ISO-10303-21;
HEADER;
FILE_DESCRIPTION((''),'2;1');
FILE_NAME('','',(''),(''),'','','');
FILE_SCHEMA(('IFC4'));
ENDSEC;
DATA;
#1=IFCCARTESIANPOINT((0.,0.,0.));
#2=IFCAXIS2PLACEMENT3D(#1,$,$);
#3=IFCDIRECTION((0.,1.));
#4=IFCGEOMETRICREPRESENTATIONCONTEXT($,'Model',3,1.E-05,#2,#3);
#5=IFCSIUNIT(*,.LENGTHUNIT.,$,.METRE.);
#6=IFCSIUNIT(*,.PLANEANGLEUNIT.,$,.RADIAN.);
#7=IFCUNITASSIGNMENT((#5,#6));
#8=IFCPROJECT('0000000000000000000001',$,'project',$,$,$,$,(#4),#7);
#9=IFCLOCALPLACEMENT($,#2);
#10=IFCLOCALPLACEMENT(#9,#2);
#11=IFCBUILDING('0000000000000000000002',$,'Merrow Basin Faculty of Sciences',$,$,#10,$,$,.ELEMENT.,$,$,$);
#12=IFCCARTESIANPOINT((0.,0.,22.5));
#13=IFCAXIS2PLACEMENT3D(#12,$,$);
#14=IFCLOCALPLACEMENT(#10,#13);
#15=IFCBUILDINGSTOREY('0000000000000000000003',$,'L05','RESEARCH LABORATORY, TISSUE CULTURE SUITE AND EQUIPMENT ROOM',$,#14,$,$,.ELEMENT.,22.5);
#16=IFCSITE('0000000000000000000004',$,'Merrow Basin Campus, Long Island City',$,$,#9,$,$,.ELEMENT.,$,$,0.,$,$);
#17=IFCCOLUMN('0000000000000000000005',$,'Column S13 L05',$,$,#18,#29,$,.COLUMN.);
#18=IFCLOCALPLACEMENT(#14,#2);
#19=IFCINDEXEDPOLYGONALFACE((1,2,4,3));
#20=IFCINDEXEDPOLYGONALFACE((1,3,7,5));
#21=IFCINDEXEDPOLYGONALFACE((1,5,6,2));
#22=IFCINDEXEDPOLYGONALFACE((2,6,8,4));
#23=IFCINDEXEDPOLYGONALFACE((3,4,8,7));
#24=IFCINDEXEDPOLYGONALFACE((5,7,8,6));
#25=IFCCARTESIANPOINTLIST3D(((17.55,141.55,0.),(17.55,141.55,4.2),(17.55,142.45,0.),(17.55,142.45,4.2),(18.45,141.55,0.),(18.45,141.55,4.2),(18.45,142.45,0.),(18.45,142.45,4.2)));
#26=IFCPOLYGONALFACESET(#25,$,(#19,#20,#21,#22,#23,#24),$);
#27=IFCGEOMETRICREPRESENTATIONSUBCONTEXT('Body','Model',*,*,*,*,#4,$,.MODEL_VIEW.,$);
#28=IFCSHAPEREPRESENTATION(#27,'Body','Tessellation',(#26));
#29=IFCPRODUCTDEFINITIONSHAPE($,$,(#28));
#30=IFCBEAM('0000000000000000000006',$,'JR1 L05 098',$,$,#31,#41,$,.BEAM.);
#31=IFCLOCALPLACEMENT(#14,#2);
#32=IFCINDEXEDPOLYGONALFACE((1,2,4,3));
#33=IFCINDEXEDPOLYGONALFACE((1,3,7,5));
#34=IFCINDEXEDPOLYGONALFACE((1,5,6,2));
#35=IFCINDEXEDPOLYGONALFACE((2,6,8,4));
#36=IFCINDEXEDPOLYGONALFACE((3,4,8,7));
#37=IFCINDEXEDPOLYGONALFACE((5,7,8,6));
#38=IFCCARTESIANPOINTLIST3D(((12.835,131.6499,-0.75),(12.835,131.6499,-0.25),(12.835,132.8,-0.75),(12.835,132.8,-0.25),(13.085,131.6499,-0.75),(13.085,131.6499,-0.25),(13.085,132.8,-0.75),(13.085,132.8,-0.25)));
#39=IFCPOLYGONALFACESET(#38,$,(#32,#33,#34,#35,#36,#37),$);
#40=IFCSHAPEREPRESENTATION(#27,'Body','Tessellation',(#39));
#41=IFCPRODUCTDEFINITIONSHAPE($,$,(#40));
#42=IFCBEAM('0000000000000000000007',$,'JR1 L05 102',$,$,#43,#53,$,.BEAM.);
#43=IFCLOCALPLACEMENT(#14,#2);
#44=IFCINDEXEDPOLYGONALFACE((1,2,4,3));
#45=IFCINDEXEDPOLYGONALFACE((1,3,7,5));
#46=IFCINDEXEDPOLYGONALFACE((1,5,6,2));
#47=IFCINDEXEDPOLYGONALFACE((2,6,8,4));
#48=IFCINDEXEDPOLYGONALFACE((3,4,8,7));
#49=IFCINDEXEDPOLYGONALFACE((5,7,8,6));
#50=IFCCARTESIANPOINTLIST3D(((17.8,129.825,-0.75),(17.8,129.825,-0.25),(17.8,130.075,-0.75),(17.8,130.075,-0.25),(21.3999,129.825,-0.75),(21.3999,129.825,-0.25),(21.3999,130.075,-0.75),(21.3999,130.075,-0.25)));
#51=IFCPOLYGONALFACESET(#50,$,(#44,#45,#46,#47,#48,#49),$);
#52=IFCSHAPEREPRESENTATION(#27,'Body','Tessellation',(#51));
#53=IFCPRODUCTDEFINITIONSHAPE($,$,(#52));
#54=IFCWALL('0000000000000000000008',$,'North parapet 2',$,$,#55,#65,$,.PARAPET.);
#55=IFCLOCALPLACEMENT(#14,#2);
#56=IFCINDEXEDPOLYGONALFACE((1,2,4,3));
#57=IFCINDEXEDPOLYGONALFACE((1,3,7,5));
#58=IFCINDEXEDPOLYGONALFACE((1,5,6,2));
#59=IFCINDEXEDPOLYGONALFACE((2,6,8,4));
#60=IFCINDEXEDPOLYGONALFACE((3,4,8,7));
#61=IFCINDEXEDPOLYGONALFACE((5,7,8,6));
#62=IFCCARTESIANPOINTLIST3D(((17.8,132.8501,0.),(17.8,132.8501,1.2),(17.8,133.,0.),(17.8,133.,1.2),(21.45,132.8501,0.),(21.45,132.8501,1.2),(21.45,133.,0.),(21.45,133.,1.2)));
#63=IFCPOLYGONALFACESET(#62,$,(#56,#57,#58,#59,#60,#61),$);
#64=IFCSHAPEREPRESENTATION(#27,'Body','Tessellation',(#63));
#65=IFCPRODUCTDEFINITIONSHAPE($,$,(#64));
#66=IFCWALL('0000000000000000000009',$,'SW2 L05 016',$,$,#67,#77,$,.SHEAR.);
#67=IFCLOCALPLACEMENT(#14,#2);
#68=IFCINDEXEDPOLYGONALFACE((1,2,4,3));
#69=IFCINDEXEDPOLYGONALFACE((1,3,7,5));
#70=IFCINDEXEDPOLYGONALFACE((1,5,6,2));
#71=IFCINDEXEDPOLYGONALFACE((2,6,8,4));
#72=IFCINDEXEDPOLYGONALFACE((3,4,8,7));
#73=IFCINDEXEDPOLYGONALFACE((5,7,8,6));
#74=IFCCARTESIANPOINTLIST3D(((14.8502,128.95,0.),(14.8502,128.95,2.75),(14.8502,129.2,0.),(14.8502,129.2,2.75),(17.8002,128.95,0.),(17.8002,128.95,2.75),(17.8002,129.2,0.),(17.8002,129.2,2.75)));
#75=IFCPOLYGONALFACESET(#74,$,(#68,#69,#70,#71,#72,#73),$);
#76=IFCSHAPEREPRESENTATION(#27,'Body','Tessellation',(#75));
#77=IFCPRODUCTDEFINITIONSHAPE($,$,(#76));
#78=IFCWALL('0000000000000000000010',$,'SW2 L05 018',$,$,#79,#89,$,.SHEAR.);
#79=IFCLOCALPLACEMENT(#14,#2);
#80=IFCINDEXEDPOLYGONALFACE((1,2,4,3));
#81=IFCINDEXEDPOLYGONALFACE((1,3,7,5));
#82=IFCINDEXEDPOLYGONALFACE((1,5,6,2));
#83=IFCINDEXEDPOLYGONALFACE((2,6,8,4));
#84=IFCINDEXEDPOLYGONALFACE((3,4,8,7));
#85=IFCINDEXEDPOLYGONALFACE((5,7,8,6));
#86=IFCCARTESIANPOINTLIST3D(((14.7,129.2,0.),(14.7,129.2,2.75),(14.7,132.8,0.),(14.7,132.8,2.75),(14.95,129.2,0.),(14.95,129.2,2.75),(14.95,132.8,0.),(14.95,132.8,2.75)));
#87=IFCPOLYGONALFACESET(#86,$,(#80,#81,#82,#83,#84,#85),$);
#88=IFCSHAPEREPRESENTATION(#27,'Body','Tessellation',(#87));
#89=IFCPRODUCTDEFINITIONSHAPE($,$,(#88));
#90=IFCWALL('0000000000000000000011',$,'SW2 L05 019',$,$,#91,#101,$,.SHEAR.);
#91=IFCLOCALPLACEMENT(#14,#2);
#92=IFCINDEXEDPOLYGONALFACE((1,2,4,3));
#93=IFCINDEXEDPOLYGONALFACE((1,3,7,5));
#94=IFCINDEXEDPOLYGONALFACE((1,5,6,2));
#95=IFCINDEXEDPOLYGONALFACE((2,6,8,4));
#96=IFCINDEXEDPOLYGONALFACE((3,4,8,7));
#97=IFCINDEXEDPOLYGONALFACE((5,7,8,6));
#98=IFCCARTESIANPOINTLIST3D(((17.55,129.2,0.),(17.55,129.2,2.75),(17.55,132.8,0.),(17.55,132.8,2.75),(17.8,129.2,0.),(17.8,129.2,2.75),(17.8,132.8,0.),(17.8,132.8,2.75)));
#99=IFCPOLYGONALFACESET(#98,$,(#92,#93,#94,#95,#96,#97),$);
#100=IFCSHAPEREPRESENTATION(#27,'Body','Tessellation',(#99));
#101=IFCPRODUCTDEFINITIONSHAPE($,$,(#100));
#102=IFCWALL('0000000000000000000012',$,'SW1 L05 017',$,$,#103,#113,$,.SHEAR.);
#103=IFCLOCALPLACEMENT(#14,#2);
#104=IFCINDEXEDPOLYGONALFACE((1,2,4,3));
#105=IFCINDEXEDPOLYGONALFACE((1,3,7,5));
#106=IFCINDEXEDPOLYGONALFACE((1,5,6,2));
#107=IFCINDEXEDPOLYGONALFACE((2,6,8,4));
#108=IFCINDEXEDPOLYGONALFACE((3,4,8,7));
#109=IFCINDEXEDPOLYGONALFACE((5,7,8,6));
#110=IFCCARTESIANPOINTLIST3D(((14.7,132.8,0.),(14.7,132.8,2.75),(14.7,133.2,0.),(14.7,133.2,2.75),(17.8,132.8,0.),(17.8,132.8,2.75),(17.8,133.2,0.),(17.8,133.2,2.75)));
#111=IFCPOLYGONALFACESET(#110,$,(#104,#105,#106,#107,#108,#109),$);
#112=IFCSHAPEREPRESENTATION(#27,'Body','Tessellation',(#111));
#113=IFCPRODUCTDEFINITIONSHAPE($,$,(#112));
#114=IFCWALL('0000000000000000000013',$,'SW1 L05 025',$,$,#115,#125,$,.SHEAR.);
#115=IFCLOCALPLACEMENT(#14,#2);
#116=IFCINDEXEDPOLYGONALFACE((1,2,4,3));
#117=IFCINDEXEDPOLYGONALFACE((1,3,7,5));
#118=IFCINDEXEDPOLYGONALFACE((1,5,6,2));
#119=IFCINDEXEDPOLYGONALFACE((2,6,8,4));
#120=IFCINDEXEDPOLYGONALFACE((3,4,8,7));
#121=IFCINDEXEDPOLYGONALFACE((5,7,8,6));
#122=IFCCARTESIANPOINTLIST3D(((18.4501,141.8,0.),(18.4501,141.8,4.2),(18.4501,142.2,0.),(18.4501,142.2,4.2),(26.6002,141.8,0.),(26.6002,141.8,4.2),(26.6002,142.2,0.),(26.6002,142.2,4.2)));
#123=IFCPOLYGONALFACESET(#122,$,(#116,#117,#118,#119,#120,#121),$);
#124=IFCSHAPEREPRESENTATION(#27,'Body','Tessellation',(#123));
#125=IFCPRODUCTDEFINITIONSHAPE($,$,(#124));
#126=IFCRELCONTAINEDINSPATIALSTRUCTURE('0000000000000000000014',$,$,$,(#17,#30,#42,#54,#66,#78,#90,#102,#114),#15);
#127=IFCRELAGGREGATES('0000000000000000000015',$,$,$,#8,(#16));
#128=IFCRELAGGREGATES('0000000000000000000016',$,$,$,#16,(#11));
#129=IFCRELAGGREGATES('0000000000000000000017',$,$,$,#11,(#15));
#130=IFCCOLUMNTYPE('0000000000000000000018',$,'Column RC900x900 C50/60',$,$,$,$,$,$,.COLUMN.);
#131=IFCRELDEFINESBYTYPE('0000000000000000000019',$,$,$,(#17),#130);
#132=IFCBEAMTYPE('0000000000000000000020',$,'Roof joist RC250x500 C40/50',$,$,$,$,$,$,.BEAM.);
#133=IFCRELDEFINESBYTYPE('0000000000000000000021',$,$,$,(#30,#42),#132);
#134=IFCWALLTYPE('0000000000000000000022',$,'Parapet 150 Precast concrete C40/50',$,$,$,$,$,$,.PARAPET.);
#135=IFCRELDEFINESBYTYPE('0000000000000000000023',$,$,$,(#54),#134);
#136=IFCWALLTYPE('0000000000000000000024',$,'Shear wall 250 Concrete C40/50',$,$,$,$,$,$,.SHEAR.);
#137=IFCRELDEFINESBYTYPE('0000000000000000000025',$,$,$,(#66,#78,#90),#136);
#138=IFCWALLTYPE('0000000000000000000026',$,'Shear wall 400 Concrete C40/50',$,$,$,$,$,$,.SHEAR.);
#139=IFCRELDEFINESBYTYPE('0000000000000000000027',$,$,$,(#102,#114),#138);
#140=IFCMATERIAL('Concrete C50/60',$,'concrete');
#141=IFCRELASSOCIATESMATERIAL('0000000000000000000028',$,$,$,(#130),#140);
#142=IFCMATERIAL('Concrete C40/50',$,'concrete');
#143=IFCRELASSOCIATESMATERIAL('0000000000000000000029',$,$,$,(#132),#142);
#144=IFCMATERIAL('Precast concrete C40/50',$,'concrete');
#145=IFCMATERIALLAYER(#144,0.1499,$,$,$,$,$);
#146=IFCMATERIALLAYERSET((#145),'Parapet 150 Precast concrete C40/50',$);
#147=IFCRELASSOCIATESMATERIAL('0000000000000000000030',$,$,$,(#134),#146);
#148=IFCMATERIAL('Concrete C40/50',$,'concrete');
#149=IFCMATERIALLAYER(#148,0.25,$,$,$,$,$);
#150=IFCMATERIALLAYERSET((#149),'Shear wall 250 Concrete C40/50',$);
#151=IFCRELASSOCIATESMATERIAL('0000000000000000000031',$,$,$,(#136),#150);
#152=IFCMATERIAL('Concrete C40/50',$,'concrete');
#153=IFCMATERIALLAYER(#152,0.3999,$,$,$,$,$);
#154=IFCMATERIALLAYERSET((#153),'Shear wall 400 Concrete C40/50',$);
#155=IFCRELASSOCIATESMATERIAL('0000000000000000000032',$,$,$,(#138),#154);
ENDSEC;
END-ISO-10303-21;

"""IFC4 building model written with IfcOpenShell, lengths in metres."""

from ifc_helpers import new_model, si_unit, direction, frame, frame_2d, origin, origin_2d, place, context, subcontext, project, spatial, rectangle, extrude, material, layer, layer_set, material_profile, profile_set, type_object, element, save


model = new_model("IFC4")

# Units and contexts
model_context = context("Model", 3, precision=1e-05, world=origin(), true_north=direction((0.0, 1.0)))
body_context = subcontext(model_context, "Body", "Model", "MODEL_VIEW")
ifc_project = project(units=[si_unit("LENGTHUNIT", "METRE"), si_unit("PLANEANGLEUNIT", "RADIAN")], contexts=[model_context])

# Site, building, storey
site_placement = place(None, origin())
site = spatial("IfcSite", under=ifc_project, at=site_placement, Name="Merrow Basin Campus, Long Island City", CompositionType="ELEMENT", RefElevation=0.0)
building_placement = place(site_placement, origin())
building = spatial("IfcBuilding", under=site, at=building_placement, Name="Merrow Basin Faculty of Sciences", CompositionType="ELEMENT")
storey_placement = place(building_placement, frame((0.0, 0.0, 22.5)))
storey = spatial("IfcBuildingStorey", under=building, at=storey_placement, Name="L05", Description="RESEARCH LABORATORY, TISSUE CULTURE SUITE AND EQUIPMENT ROOM", CompositionType="ELEMENT", Elevation=22.5)

# Column
ifc_material_1 = material(Name="Concrete C50/60", Category="concrete")
ifc_material_profile_1 = material_profile(ifc_material_1, rectangle(XDim=0.8999, YDim=0.8999, at=origin_2d()))
ifc_profile_set_1 = profile_set([ifc_material_profile_1], Name="Concrete C50/60")
column_type = type_object("IfcColumnType", Name="Column RC900x900 C50/60", PredefinedType="COLUMN", material=ifc_profile_set_1)
column_placement = place(storey_placement, frame((18.0, 142.0, 0.0), z_axis=(0.0, 0.0, 1.0), x_axis=(1.0, 0.0, 0.0)))
element("IfcColumn", 1, at=column_placement, inside=storey, type_object=column_type, Name="Column S13 L05", PredefinedType="COLUMN", context=body_context, shape_type="SweptSolid", body=[
    extrude(rectangle(XDim=0.8999, YDim=0.8999, at=origin_2d()), origin(), (0.0, 0.0, 1.0), 4.2),
])

# Beams
ifc_material_2 = material(Name="Concrete C40/50", Category="concrete")
ifc_material_profile_2 = material_profile(ifc_material_2, rectangle(XDim=0.25, YDim=0.5, at=origin_2d()))
ifc_profile_set_2 = profile_set([ifc_material_profile_2], Name="Concrete C40/50")
beam_type = type_object("IfcBeamType", Name="Roof joist RC250x500 C40/50", PredefinedType="BEAM", material=ifc_profile_set_2)
beam_1_placement = place(storey_placement, frame((12.96, 131.6499, -0.5), z_axis=(0.0, 1.0, 0.0), x_axis=(-1.0, 0.0, 0.0)))
element("IfcBeam", 2, at=beam_1_placement, inside=storey, type_object=beam_type, Name="JR1 L05 098", PredefinedType="BEAM", context=body_context, shape_type="SweptSolid", body=[
    extrude(rectangle(XDim=0.25, YDim=0.5, at=origin_2d()), origin(), (0.0, 0.0, 1.0), 1.1501),
])
beam_2_placement = place(storey_placement, frame((17.8, 129.95, -0.5), z_axis=(1.0, 0.0, 0.0), x_axis=(0.0, 1.0, 0.0)))
element("IfcBeam", 3, at=beam_2_placement, inside=storey, type_object=beam_type, Name="JR1 L05 102", PredefinedType="BEAM", context=body_context, shape_type="SweptSolid", body=[
    extrude(rectangle(XDim=0.25, YDim=0.5, at=origin_2d()), origin(), (0.0, 0.0, 1.0), 3.5999),
])

# Walls
ifc_material_3 = material(Name="Precast concrete C40/50", Category="concrete")
ifc_layer_1 = layer(ifc_material_3, 0.1499)
ifc_layer_set_1 = layer_set([ifc_layer_1], Name="Parapet 150 Precast concrete C40/50")
wall_type_1 = type_object("IfcWallType", Name="Parapet 150 Precast concrete C40/50", PredefinedType="PARAPET", material=ifc_layer_set_1)
wall_1_placement = place(storey_placement, frame((17.8, 132.925, 0.0), z_axis=(0.0, 0.0, 1.0), x_axis=(1.0, 0.0, 0.0)))
element("IfcWall", 4, at=wall_1_placement, inside=storey, type_object=wall_type_1, Name="North parapet 2", PredefinedType="PARAPET", context=body_context, shape_type="SweptSolid", body=[
    extrude(rectangle(XDim=3.6499, YDim=0.1499, at=frame_2d((1.825, 0.0))), origin(), (0.0, 0.0, 1.0), 1.2),
])
ifc_material_4 = material(Name="Concrete C40/50", Category="concrete")
ifc_layer_2 = layer(ifc_material_4, 0.25)
ifc_layer_set_2 = layer_set([ifc_layer_2], Name="Shear wall 250 Concrete C40/50")
wall_type_2 = type_object("IfcWallType", Name="Shear wall 250 Concrete C40/50", PredefinedType="SHEAR", material=ifc_layer_set_2)
wall_2_placement = place(storey_placement, frame((14.8501, 129.075, 0.0), z_axis=(0.0, 0.0, 1.0), x_axis=(1.0, 0.0, 0.0)))
element("IfcWall", 5, at=wall_2_placement, inside=storey, type_object=wall_type_2, Name="SW2 L05 016", PredefinedType="SHEAR", context=body_context, shape_type="SweptSolid", body=[
    extrude(rectangle(XDim=2.95, YDim=0.25, at=frame_2d((1.4751, 0.0))), origin(), (0.0, 0.0, 1.0), 2.75),
])
for number, where, z_axis, x_axis, name in (
    (6, (14.825, 129.2, 0.0), (0.0, 0.0, 1.0), (0.0, 1.0, 0.0), "SW2 L05 018"),
    (7, (17.675, 129.2, 0.0), (0.0, 0.0, 1.0), (0.0, 1.0, 0.0), "SW2 L05 019"),
):
    element("IfcWall", number, at=place(storey_placement, frame(where, z_axis=z_axis, x_axis=x_axis)), inside=storey, type_object=wall_type_2, Name=name, PredefinedType="SHEAR", context=body_context, shape_type="SweptSolid", body=[
        extrude(rectangle(XDim=3.6001, YDim=0.25, at=frame_2d((1.8, 0.0))), origin(), (0.0, 0.0, 1.0), 2.75),
    ])
ifc_material_5 = material(Name="Concrete C40/50", Category="concrete")
ifc_layer_3 = layer(ifc_material_5, 0.3999)
ifc_layer_set_3 = layer_set([ifc_layer_3], Name="Shear wall 400 Concrete C40/50")
wall_type_3 = type_object("IfcWallType", Name="Shear wall 400 Concrete C40/50", PredefinedType="SHEAR", material=ifc_layer_set_3)
wall_3_placement = place(storey_placement, frame((14.7, 133.0, 0.0), z_axis=(0.0, 0.0, 1.0), x_axis=(1.0, 0.0, 0.0)))
element("IfcWall", 8, at=wall_3_placement, inside=storey, type_object=wall_type_3, Name="SW1 L05 017", PredefinedType="SHEAR", context=body_context, shape_type="SweptSolid", body=[
    extrude(rectangle(XDim=3.1001, YDim=0.3999, at=frame_2d((1.55, 0.0))), origin(), (0.0, 0.0, 1.0), 2.75),
])
wall_4_placement = place(storey_placement, frame((18.45, 142.0, 0.0), z_axis=(0.0, 0.0, 1.0), x_axis=(1.0, 0.0, 0.0)))
element("IfcWall", 9, at=wall_4_placement, inside=storey, type_object=wall_type_3, Name="SW1 L05 025", PredefinedType="SHEAR", context=body_context, shape_type="SweptSolid", body=[
    extrude(rectangle(XDim=8.1501, YDim=0.3999, at=frame_2d((4.0752, 0.0))), origin(), (0.0, 0.0, 1.0), 4.2),
])

save(model, "model.ifc")
